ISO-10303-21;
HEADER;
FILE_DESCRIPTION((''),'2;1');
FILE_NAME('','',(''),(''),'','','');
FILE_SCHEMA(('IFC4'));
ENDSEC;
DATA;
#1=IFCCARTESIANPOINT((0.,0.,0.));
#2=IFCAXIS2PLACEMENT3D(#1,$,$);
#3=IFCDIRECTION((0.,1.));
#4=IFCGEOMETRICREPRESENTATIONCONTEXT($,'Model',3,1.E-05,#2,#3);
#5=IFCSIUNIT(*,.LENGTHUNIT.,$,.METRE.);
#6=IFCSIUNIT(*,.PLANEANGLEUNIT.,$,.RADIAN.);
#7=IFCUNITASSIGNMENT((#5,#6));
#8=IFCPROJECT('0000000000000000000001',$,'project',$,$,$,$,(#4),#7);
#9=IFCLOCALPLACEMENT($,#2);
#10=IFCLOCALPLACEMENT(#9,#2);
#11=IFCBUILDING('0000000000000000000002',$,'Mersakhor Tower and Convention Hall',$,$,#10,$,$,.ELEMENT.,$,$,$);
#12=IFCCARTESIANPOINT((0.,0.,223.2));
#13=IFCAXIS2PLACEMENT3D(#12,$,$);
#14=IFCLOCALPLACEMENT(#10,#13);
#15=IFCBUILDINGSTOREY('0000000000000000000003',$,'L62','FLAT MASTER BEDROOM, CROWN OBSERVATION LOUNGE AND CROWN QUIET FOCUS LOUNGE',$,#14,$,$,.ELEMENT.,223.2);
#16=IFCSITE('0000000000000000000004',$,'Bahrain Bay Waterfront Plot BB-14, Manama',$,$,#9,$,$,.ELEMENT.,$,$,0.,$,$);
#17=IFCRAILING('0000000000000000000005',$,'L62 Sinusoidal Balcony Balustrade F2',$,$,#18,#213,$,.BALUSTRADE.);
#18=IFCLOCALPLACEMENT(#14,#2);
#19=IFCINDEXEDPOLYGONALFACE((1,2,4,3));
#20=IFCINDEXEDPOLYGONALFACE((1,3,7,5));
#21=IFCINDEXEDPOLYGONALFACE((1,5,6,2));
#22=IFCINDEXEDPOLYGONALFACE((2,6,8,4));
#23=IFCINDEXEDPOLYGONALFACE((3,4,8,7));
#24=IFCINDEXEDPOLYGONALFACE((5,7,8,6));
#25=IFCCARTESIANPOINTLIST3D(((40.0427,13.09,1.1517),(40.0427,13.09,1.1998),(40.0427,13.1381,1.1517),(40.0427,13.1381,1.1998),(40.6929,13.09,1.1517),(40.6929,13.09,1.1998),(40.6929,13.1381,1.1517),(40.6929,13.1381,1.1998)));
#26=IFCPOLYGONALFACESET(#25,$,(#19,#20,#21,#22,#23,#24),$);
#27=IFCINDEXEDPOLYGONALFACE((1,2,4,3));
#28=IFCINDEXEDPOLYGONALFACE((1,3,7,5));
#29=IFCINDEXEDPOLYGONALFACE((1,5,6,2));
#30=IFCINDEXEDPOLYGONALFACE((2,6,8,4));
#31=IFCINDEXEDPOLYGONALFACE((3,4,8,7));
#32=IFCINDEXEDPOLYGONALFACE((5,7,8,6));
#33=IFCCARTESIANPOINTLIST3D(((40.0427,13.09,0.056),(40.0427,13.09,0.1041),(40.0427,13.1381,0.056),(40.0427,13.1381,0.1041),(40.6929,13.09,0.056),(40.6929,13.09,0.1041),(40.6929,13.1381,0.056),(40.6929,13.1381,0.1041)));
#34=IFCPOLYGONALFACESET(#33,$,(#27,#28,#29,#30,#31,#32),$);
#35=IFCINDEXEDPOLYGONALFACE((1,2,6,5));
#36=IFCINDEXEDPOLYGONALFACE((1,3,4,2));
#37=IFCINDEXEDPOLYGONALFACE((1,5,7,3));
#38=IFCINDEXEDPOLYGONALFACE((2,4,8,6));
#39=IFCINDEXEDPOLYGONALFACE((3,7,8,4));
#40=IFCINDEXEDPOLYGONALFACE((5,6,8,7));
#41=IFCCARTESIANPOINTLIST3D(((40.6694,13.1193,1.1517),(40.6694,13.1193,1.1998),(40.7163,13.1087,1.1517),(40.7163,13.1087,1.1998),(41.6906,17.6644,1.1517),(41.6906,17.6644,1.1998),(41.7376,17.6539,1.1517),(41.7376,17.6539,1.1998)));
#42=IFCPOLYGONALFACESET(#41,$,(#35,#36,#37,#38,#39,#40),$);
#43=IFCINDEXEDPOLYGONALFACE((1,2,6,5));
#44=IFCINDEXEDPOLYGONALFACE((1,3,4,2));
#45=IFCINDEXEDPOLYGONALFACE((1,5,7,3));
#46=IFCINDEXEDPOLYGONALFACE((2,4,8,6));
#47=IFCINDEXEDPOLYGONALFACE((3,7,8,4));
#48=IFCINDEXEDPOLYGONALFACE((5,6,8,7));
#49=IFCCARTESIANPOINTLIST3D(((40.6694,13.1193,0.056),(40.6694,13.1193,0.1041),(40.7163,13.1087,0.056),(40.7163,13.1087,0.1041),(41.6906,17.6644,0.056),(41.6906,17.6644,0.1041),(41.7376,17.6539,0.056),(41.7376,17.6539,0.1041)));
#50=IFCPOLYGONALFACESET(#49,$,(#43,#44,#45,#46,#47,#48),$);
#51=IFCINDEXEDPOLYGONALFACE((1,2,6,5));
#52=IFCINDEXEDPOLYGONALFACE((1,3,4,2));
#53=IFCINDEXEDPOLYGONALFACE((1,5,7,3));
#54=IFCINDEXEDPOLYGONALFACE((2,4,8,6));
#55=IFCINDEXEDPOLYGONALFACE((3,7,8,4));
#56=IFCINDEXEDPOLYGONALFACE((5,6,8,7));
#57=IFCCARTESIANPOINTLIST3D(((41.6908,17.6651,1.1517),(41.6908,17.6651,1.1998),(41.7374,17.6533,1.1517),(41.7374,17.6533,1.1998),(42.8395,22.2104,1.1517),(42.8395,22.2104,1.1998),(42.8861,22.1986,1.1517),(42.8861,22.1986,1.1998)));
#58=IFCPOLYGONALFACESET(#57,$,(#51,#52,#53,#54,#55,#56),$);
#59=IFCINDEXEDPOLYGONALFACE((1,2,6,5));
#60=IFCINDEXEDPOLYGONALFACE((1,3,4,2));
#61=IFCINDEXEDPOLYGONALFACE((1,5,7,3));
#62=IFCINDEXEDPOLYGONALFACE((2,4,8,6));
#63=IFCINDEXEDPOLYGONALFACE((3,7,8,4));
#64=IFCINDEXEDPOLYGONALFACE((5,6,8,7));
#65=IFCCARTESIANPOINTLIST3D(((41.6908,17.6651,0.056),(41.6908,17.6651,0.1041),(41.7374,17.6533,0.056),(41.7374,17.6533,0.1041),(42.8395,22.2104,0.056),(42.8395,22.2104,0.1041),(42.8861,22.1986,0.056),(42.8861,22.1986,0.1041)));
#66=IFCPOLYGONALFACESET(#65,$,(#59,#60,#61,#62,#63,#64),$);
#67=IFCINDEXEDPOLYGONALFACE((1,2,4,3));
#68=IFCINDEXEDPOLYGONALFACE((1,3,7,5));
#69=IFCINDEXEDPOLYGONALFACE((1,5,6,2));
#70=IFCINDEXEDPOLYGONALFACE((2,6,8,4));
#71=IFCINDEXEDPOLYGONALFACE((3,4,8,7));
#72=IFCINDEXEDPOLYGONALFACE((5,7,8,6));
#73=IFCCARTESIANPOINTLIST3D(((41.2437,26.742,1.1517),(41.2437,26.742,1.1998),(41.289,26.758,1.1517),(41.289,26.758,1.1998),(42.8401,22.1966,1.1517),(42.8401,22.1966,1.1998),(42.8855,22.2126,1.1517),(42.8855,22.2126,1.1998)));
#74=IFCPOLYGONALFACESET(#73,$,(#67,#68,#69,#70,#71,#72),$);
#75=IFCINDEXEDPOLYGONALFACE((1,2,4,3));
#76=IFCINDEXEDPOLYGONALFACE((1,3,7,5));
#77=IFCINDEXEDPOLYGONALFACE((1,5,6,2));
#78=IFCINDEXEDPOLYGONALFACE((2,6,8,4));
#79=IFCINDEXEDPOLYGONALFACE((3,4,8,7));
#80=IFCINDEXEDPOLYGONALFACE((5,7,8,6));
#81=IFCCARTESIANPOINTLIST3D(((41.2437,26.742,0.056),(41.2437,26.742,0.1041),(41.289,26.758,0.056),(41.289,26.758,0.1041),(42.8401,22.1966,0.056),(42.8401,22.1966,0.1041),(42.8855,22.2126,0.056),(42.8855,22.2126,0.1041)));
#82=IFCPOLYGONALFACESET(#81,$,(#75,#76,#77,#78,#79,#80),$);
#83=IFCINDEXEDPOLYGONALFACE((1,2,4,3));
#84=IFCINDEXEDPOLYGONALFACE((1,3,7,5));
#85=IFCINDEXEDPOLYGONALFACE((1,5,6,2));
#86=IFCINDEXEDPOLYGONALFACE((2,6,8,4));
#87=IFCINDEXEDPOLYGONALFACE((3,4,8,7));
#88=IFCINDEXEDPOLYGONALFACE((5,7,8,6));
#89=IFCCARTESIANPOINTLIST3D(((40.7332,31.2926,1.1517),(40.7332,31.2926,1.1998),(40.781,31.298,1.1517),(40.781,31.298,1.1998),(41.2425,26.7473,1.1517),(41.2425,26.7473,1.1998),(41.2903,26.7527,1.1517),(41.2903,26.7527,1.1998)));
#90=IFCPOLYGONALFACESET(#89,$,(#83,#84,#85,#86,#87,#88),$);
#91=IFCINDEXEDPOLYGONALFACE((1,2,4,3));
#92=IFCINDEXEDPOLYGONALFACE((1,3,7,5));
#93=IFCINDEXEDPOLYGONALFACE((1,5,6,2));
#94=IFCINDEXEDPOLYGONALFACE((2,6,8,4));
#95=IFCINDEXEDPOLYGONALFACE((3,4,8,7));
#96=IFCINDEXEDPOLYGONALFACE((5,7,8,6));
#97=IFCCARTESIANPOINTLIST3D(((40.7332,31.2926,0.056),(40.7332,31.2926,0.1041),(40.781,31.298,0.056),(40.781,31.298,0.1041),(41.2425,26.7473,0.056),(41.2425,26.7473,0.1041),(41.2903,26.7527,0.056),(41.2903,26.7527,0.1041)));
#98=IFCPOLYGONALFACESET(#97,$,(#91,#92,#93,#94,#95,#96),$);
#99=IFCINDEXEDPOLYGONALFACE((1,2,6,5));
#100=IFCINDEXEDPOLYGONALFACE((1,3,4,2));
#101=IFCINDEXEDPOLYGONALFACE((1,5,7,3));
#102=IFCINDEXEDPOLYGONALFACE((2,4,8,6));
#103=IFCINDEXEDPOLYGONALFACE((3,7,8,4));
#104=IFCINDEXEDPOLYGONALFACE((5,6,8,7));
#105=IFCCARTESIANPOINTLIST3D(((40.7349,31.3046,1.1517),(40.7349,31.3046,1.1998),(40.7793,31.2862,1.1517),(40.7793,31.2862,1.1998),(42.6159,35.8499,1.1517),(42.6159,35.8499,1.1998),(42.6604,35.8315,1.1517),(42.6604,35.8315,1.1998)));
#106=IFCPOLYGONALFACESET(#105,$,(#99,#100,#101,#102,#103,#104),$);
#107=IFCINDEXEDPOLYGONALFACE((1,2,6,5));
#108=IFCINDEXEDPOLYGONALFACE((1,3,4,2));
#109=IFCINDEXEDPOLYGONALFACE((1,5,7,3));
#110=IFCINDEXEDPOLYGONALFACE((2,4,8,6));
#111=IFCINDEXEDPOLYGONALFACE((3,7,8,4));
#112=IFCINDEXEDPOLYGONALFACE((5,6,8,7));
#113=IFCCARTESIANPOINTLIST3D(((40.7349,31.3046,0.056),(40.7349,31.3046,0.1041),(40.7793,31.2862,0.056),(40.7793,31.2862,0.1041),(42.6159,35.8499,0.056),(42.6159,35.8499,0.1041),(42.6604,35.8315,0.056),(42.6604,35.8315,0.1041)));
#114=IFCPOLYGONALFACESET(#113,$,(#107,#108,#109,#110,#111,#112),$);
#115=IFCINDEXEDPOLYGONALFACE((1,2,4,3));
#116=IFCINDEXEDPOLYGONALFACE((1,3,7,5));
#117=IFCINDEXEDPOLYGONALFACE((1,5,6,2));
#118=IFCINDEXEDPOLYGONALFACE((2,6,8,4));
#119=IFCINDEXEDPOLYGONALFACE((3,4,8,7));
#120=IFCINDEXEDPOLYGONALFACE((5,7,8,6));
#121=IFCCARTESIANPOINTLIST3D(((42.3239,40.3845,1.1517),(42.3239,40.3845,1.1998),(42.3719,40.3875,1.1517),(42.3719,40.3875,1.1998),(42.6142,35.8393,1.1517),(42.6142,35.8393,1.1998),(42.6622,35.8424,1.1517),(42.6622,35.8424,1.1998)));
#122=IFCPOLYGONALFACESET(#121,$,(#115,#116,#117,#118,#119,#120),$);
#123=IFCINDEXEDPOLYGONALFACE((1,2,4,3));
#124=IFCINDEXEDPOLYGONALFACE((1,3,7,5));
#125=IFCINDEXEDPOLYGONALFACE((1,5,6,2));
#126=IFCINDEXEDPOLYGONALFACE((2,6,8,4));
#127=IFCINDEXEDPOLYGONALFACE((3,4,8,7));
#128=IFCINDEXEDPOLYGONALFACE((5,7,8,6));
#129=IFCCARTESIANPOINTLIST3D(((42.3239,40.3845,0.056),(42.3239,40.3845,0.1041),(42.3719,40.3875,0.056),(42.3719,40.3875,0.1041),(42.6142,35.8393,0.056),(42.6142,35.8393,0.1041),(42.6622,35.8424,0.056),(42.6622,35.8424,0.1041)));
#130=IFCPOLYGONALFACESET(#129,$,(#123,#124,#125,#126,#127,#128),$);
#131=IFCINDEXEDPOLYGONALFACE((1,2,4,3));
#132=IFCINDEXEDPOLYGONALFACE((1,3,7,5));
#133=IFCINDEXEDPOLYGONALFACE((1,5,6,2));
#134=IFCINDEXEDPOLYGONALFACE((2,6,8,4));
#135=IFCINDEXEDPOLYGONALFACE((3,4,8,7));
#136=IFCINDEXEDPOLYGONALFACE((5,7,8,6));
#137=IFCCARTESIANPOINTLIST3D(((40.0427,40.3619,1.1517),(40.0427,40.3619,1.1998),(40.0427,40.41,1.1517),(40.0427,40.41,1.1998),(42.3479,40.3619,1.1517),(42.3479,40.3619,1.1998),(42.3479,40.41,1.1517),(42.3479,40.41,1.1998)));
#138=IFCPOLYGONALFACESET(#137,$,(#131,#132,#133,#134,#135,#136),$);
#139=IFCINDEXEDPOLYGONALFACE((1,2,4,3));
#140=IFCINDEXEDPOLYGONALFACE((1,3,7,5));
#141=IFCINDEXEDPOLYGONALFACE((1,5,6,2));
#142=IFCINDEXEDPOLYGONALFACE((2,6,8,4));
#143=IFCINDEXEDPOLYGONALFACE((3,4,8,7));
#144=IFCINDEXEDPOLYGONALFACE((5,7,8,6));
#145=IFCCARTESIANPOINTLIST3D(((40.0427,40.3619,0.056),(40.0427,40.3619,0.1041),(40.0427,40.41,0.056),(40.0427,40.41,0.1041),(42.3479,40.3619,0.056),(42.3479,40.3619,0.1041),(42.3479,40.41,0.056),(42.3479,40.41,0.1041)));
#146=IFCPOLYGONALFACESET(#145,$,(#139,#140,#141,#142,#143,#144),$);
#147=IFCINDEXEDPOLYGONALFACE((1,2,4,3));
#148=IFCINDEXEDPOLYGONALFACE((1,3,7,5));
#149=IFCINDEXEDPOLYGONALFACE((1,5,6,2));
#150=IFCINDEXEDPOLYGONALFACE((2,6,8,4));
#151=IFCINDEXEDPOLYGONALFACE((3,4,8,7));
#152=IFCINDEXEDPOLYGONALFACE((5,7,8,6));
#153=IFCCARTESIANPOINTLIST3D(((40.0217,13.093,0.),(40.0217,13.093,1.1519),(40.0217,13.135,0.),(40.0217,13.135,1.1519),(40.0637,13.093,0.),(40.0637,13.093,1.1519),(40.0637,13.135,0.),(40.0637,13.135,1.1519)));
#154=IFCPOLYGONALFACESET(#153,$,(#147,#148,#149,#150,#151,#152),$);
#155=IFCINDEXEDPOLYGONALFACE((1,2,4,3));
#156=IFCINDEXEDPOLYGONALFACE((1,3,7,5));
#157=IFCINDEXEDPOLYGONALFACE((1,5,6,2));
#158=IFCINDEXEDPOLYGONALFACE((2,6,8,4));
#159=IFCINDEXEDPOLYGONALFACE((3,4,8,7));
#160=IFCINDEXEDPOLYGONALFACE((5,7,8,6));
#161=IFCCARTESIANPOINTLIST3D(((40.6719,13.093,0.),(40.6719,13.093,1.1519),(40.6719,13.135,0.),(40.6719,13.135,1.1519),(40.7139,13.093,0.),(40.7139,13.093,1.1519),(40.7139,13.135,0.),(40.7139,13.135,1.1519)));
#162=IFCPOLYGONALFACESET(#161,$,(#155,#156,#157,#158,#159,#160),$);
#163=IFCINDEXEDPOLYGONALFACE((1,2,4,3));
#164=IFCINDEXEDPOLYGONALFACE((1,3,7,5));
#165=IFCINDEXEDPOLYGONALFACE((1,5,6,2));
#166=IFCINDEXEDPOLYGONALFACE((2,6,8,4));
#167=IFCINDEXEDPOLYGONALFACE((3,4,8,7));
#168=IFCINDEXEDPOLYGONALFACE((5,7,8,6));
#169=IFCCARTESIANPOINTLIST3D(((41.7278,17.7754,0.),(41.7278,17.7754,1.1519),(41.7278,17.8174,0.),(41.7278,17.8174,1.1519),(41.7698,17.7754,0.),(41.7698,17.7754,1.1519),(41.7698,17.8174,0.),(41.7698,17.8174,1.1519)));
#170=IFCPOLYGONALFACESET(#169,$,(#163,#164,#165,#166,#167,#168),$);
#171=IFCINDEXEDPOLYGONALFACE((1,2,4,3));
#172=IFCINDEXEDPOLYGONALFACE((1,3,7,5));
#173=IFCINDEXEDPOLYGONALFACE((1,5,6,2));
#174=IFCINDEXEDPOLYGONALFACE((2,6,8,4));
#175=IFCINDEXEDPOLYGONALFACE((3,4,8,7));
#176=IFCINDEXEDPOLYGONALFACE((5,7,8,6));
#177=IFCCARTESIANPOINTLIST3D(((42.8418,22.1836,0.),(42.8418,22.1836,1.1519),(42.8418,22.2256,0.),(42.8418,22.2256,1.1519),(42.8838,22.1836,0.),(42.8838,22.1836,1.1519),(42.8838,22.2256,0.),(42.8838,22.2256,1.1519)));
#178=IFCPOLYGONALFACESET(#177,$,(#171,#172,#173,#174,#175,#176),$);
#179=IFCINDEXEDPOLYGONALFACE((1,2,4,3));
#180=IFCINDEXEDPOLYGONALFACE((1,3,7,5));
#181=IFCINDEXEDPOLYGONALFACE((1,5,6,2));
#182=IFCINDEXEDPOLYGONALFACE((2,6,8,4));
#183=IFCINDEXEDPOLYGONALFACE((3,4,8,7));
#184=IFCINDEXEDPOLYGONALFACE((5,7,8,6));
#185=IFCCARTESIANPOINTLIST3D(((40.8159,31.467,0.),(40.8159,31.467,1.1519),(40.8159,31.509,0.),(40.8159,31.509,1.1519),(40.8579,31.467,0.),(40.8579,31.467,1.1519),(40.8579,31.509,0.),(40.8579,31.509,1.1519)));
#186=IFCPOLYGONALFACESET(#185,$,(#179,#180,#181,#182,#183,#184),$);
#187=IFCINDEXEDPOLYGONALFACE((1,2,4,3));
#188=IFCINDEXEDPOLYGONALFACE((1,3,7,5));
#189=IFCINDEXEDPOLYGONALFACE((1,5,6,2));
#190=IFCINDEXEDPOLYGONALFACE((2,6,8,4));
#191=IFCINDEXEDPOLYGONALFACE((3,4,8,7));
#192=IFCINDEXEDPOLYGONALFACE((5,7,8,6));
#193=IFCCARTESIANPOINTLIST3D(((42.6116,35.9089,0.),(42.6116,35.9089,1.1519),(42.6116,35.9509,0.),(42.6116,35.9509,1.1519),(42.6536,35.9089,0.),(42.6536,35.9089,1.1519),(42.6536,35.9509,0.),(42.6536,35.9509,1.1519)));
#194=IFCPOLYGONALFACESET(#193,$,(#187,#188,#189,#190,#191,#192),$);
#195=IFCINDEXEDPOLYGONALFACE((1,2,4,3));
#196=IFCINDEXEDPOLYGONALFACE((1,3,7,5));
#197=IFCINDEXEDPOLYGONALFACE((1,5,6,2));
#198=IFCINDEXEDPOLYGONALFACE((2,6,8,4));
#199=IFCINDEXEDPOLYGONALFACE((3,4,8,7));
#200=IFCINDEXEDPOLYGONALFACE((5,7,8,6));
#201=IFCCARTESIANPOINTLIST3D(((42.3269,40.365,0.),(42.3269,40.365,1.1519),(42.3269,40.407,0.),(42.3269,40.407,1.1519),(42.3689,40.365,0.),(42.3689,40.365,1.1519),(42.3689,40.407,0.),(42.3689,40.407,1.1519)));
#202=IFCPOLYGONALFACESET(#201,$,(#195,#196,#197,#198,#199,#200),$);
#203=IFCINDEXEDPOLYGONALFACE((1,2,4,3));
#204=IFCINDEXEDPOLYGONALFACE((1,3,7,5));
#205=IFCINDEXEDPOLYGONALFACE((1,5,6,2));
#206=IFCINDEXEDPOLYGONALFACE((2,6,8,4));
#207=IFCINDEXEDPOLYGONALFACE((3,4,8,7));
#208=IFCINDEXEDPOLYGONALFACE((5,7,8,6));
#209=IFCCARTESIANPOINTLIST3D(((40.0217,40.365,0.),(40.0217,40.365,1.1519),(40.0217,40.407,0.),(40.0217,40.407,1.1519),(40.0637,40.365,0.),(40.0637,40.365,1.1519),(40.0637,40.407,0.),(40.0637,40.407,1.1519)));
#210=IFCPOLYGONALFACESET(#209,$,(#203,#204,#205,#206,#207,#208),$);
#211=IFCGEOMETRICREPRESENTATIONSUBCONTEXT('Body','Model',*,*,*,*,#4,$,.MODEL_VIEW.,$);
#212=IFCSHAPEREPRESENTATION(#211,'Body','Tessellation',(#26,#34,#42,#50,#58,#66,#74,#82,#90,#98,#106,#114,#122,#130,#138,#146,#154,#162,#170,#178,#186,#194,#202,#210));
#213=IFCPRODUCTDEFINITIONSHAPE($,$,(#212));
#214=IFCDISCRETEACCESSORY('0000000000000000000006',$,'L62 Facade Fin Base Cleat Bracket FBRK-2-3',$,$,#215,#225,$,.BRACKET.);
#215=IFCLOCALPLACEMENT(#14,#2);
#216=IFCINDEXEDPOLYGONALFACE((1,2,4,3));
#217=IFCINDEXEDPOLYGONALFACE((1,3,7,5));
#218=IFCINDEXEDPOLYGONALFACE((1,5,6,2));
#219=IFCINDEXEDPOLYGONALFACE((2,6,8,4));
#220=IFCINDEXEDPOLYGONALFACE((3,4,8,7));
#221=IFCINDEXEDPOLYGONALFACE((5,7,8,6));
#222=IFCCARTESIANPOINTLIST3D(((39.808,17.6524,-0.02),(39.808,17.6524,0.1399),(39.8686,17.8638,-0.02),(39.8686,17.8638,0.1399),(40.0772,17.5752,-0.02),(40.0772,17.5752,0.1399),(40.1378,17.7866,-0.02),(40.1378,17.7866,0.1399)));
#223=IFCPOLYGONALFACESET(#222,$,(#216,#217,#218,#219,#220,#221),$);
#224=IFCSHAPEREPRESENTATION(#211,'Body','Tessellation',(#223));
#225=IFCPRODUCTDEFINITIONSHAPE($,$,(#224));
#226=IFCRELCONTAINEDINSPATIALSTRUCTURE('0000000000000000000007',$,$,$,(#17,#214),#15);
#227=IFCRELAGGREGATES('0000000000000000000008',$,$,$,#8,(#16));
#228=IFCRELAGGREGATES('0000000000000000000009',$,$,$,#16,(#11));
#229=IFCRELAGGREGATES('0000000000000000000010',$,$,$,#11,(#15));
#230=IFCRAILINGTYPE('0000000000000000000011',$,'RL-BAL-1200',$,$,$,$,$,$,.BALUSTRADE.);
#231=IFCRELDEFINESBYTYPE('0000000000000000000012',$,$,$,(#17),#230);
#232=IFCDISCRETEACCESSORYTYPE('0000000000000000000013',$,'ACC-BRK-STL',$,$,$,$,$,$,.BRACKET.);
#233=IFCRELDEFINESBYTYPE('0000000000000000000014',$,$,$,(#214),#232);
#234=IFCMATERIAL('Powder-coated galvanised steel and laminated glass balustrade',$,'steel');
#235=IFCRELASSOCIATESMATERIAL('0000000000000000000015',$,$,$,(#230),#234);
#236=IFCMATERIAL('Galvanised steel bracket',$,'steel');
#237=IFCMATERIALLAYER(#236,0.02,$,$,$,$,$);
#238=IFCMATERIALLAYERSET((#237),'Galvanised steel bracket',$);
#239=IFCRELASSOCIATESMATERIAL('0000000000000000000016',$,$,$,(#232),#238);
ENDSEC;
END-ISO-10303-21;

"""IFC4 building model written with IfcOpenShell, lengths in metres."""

from ifc_helpers import new_model, si_unit, direction, frame, origin, origin_2d, place, context, subcontext, project, spatial, rectangle, extrude, material, layer, layer_set, type_object, element, save


model = new_model("IFC4")

# Units and contexts
model_context = context("Model", 3, precision=1e-05, world=origin(), true_north=direction((0.0, 1.0)))
body_context = subcontext(model_context, "Body", "Model", "MODEL_VIEW")
ifc_project = project(units=[si_unit("LENGTHUNIT", "METRE"), si_unit("PLANEANGLEUNIT", "RADIAN")], contexts=[model_context])

# Site, building, storey
site_placement = place(None, origin())
site = spatial("IfcSite", under=ifc_project, at=site_placement, Name="Bahrain Bay Waterfront Plot BB-14, Manama", CompositionType="ELEMENT", RefElevation=0.0)
building_placement = place(site_placement, origin())
building = spatial("IfcBuilding", under=site, at=building_placement, Name="Mersakhor Tower and Convention Hall", CompositionType="ELEMENT")
storey_placement = place(building_placement, frame((0.0, 0.0, 223.2)))
storey = spatial("IfcBuildingStorey", under=building, at=storey_placement, Name="L62", Description="FLAT MASTER BEDROOM, CROWN OBSERVATION LOUNGE AND CROWN QUIET FOCUS LOUNGE", CompositionType="ELEMENT", Elevation=223.2)

# Railing
ifc_material_1 = material(Name="Powder-coated galvanised steel and laminated glass balustrade", Category="steel")
railing_type = type_object("IfcRailingType", Name="RL-BAL-1200", PredefinedType="BALUSTRADE", material=ifc_material_1)
railing_placement = place(storey_placement, frame((40.0427, 13.114, 0.0)))
element("IfcRailing", 1, at=railing_placement, inside=storey, type_object=railing_type, Name="L62 Sinusoidal Balcony Balustrade F2", PredefinedType="BALUSTRADE", context=body_context, shape_type="SweptSolid", body=[
    extrude(rectangle(XDim=0.0481, YDim=0.0481, at=origin_2d()), frame((0.0, 0.0, 1.1758), z_axis=(1.0, 0.0, 0.0), x_axis=(0.0, 1.0, 0.0)), (0.0, 0.0, 1.0), 0.6501),
    extrude(rectangle(XDim=0.0481, YDim=0.0481, at=origin_2d()), frame((0.0, 0.0, 0.0801), z_axis=(1.0, 0.0, 0.0), x_axis=(0.0, 1.0, 0.0)), (0.0, 0.0, 1.0), 0.6501),
    extrude(rectangle(XDim=0.0481, YDim=0.0481, at=origin_2d()), frame((0.6501, 0.0, 1.1758), z_axis=(0.219222, 0.975675, 0.0), x_axis=(-0.975675, 0.219222, 0.0)), (0.0, 0.0, 1.0), 4.6584),
    extrude(rectangle(XDim=0.0481, YDim=0.0481, at=origin_2d()), frame((0.6501, 0.0, 0.0801), z_axis=(0.219222, 0.975675, 0.0), x_axis=(-0.975675, 0.219222, 0.0)), (0.0, 0.0, 1.0), 4.6584),
    extrude(rectangle(XDim=0.0481, YDim=0.0481, at=origin_2d()), frame((1.6714, 4.5452, 1.1758), z_axis=(0.24501, 0.969521, 0.0), x_axis=(-0.969521, 0.24501, 0.0)), (0.0, 0.0, 1.0), 4.6882),
    extrude(rectangle(XDim=0.0481, YDim=0.0481, at=origin_2d()), frame((1.6714, 4.5452, 0.0801), z_axis=(0.24501, 0.969521, 0.0), x_axis=(-0.969521, 0.24501, 0.0)), (0.0, 0.0, 1.0), 4.6882),
    extrude(rectangle(XDim=0.0481, YDim=0.0481, at=origin_2d()), frame((2.8201, 9.0906, 1.1758), z_axis=(-0.331375, 0.943499, 0.0), x_axis=(-0.943499, -0.331375, 0.0)), (0.0, 0.0, 1.0), 4.8176),
    extrude(rectangle(XDim=0.0481, YDim=0.0481, at=origin_2d()), frame((2.8201, 9.0906, 0.0801), z_axis=(-0.331375, 0.943499, 0.0), x_axis=(-0.943499, -0.331375, 0.0)), (0.0, 0.0, 1.0), 4.8176),
    extrude(rectangle(XDim=0.0481, YDim=0.0481, at=origin_2d()), frame((1.2236, 13.636, 1.1758), z_axis=(-0.111345, 0.993782, 0.0), x_axis=(-0.993782, -0.111345, 0.0)), (0.0, 0.0, 1.0), 4.5737),
    extrude(rectangle(XDim=0.0481, YDim=0.0481, at=origin_2d()), frame((1.2236, 13.636, 0.0801), z_axis=(-0.111345, 0.993782, 0.0), x_axis=(-0.993782, -0.111345, 0.0)), (0.0, 0.0, 1.0), 4.5737),
    extrude(rectangle(XDim=0.0481, YDim=0.0481, at=origin_2d()), frame((0.7144, 18.1814, 1.1758), z_axis=(0.382394, 0.923999, 0.0), x_axis=(-0.923999, 0.382394, 0.0)), (0.0, 0.0, 1.0), 4.9192),
    extrude(rectangle(XDim=0.0481, YDim=0.0481, at=origin_2d()), frame((0.7144, 18.1814, 0.0801), z_axis=(0.382394, 0.923999, 0.0), x_axis=(-0.923999, 0.382394, 0.0)), (0.0, 0.0, 1.0), 4.9192),
    extrude(rectangle(XDim=0.0481, YDim=0.0481, at=origin_2d()), frame((2.5955, 22.7268, 1.1758), z_axis=(-0.063737, 0.997967, 0.0), x_axis=(-0.997967, -0.063737, 0.0)), (0.0, 0.0, 1.0), 4.5544),
    extrude(rectangle(XDim=0.0481, YDim=0.0481, at=origin_2d()), frame((2.5955, 22.7268, 0.0801), z_axis=(-0.063737, 0.997967, 0.0), x_axis=(-0.997967, -0.063737, 0.0)), (0.0, 0.0, 1.0), 4.5544),
    extrude(rectangle(XDim=0.0481, YDim=0.0481, at=origin_2d()), frame((2.3052, 27.272, 1.1758), z_axis=(-1.0, 0.0, 0.0), x_axis=(0.0, -1.0, 0.0)), (0.0, 0.0, 1.0), 2.3052),
    extrude(rectangle(XDim=0.0481, YDim=0.0481, at=origin_2d()), frame((2.3052, 27.272, 0.0801), z_axis=(-1.0, 0.0, 0.0), x_axis=(0.0, -1.0, 0.0)), (0.0, 0.0, 1.0), 2.3052),
    extrude(rectangle(XDim=0.042, YDim=0.042, at=origin_2d()), origin(), (0.0, 0.0, 1.0), 1.1519),
    extrude(rectangle(XDim=0.042, YDim=0.042, at=origin_2d()), frame((0.6501, 0.0, 0.0)), (0.0, 0.0, 1.0), 1.1519),
    extrude(rectangle(XDim=0.042, YDim=0.042, at=origin_2d()), frame((1.7061, 4.6824, 0.0)), (0.0, 0.0, 1.0), 1.1519),
    extrude(rectangle(XDim=0.042, YDim=0.042, at=origin_2d()), frame((2.8201, 9.0906, 0.0)), (0.0, 0.0, 1.0), 1.1519),
    extrude(rectangle(XDim=0.042, YDim=0.042, at=origin_2d()), frame((0.7942, 18.374, 0.0)), (0.0, 0.0, 1.0), 1.1519),
    extrude(rectangle(XDim=0.042, YDim=0.042, at=origin_2d()), frame((2.5898, 22.8159, 0.0)), (0.0, 0.0, 1.0), 1.1519),
    extrude(rectangle(XDim=0.042, YDim=0.042, at=origin_2d()), frame((2.3052, 27.272, 0.0)), (0.0, 0.0, 1.0), 1.1519),
    extrude(rectangle(XDim=0.042, YDim=0.042, at=origin_2d()), frame((0.0, 27.272, 0.0)), (0.0, 0.0, 1.0), 1.1519),
])

# Discrete accessory
ifc_material_2 = material(Name="Galvanised steel bracket", Category="steel")
ifc_layer_1 = layer(ifc_material_2, 0.02)
ifc_layer_set_1 = layer_set([ifc_layer_1], Name="Galvanised steel bracket")
discrete_accessory_type = type_object("IfcDiscreteAccessoryType", Name="ACC-BRK-STL", PredefinedType="BRACKET", material=ifc_layer_set_1)
discrete_accessory_placement = place(storey_placement, frame((39.9729, 17.7195, -0.02), z_axis=(0.0, 0.0, 1.0), x_axis=(0.961262, -0.275637, 0.0)))
element("IfcDiscreteAccessory", 2, at=discrete_accessory_placement, inside=storey, type_object=discrete_accessory_type, Name="L62 Facade Fin Base Cleat Bracket FBRK-2-3", PredefinedType="BRACKET", context=body_context, shape_type="SweptSolid", body=[
    extrude(rectangle(XDim=0.28, YDim=0.22, at=origin_2d()), origin(), (0.0, 0.0, 1.0), 0.1599),
])

save(model, "model.ifc")
